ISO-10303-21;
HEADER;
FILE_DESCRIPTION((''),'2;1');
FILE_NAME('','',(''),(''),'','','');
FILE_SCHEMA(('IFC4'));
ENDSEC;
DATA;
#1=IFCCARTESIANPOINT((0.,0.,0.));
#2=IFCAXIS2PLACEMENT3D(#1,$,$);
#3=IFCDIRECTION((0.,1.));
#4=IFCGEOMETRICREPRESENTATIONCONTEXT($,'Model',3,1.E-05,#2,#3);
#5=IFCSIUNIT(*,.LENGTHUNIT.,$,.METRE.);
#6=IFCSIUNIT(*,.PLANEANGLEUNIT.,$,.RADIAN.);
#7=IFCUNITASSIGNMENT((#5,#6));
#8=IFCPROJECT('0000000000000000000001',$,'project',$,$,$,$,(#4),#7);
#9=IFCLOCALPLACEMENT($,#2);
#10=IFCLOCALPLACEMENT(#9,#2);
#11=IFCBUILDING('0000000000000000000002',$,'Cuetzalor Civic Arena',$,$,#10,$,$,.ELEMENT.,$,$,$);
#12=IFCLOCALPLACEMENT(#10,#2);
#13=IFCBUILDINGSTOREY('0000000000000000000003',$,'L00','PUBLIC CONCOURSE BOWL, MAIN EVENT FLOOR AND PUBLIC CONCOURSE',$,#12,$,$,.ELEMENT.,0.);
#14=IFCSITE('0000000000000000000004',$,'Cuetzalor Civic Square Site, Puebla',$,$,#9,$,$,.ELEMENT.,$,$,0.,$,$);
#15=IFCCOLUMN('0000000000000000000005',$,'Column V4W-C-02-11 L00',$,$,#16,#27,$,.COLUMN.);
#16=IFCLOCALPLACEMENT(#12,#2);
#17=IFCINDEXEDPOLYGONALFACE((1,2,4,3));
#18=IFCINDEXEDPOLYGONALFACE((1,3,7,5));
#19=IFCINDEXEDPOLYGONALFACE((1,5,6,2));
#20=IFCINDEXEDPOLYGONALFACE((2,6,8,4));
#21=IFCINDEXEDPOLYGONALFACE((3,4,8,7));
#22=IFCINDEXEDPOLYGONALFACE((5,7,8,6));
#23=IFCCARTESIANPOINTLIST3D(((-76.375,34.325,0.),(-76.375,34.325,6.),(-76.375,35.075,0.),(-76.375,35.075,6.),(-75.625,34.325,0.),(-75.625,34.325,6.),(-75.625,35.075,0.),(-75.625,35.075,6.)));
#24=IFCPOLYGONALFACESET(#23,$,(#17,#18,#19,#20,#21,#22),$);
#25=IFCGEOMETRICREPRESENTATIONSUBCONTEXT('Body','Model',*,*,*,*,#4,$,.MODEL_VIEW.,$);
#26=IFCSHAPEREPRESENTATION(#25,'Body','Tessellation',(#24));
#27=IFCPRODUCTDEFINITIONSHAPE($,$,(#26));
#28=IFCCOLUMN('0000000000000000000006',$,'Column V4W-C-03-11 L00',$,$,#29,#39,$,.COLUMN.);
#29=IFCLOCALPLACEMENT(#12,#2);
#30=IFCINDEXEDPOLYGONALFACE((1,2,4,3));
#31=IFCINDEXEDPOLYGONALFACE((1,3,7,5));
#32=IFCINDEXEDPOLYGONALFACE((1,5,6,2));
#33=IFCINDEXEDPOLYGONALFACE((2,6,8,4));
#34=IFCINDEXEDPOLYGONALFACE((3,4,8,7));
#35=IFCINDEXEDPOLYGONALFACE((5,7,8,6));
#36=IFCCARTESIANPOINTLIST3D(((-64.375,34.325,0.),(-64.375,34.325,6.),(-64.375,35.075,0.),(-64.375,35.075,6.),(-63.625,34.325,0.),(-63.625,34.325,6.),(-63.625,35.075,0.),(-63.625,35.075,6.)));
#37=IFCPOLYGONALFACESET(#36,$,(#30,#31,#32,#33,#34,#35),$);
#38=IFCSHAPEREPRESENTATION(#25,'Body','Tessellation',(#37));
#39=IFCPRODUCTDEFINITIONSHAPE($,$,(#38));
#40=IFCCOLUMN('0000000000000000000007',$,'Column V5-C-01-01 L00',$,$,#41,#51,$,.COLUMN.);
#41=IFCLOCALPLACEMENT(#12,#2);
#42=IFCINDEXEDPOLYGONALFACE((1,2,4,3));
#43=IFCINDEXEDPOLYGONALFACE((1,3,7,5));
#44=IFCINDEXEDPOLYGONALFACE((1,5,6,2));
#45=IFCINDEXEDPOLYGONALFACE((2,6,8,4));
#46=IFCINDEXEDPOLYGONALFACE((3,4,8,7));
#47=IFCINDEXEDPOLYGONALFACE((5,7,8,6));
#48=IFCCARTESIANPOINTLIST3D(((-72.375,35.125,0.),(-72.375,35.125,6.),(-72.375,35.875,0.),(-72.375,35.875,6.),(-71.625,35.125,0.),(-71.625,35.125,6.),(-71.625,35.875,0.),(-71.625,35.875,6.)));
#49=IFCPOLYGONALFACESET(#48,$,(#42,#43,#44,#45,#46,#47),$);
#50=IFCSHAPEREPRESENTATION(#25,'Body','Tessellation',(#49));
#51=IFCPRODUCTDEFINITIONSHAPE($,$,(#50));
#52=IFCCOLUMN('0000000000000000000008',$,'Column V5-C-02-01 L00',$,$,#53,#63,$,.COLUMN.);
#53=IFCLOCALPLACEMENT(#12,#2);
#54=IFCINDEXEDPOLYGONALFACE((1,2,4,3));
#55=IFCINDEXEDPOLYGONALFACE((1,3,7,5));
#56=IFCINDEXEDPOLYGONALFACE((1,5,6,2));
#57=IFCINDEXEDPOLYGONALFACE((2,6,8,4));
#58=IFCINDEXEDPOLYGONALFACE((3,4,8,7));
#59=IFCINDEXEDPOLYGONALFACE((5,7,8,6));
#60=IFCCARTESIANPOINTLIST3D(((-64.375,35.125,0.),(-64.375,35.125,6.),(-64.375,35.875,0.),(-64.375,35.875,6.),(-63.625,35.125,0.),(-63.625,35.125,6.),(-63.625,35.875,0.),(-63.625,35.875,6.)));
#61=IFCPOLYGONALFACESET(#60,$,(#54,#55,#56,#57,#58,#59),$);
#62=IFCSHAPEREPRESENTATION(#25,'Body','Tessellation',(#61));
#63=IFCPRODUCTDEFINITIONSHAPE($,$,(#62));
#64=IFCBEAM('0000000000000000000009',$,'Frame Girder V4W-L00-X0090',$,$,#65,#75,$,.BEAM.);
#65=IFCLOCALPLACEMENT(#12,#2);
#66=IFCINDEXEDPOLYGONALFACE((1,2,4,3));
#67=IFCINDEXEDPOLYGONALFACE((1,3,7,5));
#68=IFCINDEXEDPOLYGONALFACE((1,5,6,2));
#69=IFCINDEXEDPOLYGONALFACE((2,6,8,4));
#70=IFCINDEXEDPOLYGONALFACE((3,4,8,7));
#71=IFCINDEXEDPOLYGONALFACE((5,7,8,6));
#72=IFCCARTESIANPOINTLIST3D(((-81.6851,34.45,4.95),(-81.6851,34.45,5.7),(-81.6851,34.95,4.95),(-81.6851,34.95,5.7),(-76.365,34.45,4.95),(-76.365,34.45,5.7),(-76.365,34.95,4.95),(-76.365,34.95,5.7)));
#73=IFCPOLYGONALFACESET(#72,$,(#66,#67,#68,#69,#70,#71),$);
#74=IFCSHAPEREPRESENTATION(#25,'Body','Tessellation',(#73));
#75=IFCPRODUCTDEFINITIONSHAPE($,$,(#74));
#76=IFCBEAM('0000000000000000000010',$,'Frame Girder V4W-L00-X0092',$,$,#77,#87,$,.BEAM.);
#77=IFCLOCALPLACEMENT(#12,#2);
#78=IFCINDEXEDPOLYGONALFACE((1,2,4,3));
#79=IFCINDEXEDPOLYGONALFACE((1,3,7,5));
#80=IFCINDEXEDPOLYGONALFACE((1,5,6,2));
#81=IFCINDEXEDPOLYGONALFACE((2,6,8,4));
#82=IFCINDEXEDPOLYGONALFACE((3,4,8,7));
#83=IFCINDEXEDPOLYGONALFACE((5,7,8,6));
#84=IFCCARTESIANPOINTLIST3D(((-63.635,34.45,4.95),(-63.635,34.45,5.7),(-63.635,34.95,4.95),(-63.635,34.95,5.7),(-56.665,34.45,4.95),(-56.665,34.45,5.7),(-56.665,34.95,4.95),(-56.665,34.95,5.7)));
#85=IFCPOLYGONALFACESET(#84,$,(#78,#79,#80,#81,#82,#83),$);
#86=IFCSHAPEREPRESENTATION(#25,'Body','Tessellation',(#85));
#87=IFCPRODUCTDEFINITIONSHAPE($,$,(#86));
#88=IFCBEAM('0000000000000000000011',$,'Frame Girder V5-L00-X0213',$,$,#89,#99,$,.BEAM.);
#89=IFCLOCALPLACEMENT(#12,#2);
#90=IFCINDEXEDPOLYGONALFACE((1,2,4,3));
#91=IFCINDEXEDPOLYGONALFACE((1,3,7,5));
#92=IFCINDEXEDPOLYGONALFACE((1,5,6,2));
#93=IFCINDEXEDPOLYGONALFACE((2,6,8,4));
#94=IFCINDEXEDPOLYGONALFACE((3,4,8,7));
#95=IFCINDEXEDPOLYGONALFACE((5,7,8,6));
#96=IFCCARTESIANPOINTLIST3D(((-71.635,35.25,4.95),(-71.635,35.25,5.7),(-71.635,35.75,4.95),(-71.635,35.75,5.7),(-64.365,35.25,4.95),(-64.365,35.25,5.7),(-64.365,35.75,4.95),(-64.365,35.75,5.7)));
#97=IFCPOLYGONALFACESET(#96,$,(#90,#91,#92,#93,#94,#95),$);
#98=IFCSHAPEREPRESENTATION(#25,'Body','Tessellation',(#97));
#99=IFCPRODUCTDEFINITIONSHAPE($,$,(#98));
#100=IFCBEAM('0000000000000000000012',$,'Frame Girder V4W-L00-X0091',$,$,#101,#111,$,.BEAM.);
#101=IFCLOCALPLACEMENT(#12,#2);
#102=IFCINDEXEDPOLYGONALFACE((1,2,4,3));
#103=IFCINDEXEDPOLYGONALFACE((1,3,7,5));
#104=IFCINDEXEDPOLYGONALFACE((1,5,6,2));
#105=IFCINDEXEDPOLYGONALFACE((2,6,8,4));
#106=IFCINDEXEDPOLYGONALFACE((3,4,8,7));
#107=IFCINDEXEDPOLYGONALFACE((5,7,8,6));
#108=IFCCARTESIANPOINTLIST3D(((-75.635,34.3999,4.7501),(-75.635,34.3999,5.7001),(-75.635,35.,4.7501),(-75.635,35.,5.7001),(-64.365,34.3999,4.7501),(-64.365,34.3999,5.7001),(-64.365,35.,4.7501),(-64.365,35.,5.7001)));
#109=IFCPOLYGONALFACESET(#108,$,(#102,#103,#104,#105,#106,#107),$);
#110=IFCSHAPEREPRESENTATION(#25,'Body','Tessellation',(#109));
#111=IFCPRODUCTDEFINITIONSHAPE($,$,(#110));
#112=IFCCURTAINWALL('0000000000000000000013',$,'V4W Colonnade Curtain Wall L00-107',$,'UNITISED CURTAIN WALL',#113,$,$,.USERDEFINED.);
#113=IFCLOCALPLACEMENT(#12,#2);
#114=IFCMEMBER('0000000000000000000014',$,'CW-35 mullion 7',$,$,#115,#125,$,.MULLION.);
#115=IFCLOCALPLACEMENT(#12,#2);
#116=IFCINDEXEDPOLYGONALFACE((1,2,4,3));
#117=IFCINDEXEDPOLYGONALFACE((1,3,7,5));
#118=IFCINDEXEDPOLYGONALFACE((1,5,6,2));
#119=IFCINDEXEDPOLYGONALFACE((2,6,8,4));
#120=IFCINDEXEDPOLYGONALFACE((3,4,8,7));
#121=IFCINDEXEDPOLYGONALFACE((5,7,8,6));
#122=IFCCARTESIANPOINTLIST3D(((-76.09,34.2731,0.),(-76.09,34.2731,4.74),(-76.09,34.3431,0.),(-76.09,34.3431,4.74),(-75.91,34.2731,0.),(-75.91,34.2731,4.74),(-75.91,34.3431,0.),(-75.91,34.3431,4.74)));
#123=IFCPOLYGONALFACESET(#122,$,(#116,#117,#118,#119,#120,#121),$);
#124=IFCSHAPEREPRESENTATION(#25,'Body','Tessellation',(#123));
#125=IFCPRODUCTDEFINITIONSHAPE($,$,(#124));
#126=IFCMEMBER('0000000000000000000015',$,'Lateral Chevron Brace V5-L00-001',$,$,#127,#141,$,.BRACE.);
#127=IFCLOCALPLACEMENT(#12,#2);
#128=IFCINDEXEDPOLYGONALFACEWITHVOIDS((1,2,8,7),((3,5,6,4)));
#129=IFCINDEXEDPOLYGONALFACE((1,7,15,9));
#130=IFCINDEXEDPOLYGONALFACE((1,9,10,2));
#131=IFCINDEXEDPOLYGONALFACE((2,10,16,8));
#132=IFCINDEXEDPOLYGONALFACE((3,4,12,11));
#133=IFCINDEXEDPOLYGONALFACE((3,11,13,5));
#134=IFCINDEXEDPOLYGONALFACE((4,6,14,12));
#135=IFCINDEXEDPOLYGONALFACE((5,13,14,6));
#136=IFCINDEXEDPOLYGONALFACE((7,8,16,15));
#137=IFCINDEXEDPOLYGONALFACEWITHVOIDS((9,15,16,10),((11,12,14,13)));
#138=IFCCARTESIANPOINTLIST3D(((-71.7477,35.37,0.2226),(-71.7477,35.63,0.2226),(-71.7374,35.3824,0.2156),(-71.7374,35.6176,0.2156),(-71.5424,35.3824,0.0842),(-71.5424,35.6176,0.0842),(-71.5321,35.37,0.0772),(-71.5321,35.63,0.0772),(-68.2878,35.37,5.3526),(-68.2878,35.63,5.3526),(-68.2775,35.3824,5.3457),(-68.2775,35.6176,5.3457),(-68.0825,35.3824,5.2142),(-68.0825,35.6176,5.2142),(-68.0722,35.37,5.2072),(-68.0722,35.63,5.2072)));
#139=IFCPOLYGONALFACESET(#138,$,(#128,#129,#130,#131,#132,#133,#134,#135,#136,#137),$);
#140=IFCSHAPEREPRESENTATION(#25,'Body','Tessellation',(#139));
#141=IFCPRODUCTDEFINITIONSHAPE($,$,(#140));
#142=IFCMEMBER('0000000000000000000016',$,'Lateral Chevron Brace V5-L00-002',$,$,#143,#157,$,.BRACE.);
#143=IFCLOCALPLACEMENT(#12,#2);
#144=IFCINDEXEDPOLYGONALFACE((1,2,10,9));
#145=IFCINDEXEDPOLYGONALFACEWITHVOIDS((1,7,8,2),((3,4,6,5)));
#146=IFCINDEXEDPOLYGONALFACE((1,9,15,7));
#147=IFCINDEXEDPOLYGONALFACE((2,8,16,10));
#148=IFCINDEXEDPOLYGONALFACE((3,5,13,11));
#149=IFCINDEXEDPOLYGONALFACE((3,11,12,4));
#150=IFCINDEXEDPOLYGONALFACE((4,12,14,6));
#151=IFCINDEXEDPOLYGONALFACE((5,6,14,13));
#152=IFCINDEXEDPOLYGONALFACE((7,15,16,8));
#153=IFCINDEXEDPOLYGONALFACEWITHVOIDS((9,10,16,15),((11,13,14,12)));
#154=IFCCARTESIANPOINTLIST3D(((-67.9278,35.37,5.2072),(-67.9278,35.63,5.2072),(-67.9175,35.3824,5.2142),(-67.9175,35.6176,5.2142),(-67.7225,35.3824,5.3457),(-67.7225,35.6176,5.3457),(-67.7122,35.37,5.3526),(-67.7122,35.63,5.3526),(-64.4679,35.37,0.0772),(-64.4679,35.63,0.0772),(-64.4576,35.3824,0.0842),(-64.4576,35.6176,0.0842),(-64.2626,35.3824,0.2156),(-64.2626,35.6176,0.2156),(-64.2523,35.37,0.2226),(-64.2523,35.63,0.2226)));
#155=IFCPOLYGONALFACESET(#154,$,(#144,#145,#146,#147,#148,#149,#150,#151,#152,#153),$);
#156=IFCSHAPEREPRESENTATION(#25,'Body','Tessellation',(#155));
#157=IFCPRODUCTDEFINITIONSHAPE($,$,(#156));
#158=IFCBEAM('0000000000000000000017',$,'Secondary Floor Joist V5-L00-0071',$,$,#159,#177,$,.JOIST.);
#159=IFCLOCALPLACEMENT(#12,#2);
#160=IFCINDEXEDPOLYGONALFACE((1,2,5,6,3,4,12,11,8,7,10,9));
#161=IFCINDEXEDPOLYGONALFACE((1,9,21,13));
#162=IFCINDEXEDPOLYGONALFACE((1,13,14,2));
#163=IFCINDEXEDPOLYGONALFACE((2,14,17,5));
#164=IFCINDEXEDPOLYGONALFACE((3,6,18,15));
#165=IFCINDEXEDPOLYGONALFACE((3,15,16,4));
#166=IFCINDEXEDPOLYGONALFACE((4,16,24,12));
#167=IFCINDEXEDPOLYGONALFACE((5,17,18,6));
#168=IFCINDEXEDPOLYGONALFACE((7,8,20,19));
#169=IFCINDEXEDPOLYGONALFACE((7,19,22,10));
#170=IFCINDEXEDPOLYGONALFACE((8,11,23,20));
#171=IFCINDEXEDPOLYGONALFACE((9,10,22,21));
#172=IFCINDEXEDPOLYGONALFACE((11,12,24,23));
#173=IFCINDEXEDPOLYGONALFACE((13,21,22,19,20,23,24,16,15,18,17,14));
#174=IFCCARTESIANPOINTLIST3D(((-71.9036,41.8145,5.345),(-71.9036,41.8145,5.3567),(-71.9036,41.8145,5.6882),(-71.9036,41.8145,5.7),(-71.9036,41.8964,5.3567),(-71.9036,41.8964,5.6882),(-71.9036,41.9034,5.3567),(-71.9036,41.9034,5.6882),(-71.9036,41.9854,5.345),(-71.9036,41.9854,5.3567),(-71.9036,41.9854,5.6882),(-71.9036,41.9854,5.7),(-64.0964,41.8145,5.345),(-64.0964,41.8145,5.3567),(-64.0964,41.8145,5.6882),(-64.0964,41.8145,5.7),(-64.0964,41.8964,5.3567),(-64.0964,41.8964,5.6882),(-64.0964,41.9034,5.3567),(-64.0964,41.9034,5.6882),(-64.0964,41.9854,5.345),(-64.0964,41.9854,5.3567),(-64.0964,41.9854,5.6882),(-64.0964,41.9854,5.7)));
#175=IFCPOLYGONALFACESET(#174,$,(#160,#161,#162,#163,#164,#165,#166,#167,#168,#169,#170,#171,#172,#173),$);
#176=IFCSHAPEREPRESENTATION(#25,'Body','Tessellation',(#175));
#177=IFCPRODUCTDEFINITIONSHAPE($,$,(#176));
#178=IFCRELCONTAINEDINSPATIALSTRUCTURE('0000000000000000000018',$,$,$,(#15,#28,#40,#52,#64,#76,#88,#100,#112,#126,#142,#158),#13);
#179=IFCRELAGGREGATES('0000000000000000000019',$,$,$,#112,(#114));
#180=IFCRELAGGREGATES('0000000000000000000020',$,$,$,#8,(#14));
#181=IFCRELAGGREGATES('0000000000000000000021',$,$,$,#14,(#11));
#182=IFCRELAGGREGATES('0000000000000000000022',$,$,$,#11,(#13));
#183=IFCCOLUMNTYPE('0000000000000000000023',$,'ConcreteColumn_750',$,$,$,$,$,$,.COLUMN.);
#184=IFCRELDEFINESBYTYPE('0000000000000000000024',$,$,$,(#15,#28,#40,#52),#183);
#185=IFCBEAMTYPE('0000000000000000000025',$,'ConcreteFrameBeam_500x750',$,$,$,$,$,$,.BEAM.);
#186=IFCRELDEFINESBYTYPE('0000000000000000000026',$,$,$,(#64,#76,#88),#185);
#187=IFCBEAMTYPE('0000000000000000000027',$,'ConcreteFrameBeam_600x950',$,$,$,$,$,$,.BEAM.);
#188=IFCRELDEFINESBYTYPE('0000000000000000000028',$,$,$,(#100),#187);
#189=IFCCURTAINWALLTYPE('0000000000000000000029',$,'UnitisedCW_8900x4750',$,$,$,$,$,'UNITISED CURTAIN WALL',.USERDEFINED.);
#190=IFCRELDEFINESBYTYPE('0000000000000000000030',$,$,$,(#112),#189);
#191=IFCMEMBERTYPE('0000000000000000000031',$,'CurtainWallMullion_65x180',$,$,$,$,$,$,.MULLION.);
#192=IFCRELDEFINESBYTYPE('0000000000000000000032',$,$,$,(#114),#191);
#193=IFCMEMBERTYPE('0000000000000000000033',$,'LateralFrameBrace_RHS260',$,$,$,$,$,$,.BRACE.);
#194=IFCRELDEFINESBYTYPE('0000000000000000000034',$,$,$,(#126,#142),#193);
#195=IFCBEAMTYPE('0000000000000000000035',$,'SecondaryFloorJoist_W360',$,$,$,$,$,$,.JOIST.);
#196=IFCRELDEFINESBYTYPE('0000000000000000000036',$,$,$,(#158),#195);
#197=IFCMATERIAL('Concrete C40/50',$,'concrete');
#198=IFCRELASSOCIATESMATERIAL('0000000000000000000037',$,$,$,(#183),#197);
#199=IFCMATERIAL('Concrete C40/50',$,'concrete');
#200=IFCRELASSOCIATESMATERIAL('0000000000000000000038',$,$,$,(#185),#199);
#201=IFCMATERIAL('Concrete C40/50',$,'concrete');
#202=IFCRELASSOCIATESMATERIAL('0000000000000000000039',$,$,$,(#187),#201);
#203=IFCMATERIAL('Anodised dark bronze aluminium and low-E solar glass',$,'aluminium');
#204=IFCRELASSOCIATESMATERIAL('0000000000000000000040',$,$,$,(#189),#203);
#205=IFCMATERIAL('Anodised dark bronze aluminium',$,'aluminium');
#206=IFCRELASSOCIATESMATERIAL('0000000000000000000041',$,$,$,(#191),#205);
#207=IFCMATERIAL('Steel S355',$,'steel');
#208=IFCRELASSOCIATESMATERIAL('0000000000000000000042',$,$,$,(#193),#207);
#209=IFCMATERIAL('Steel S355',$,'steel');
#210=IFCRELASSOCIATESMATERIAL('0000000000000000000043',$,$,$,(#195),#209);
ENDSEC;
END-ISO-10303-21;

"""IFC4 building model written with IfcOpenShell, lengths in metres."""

from ifc_helpers import new_model, si_unit, direction, frame, origin, origin_2d, place, context, subcontext, project, spatial, rectangle, hollow_rectangle, i_section, extrude, material, material_profile, profile_set, type_object, element, aggregate, save


model = new_model("IFC4")

# Units and contexts
model_context = context("Model", 3, precision=1e-05, world=origin(), true_north=direction((0.0, 1.0)))
body_context = subcontext(model_context, "Body", "Model", "MODEL_VIEW")
ifc_project = project(units=[si_unit("LENGTHUNIT", "METRE"), si_unit("PLANEANGLEUNIT", "RADIAN")], contexts=[model_context])

# Site, building, storey
site_placement = place(None, origin())
site = spatial("IfcSite", under=ifc_project, at=site_placement, Name="Cuetzalor Civic Square Site, Puebla", CompositionType="ELEMENT", RefElevation=0.0)
building_placement = place(site_placement, origin())
building = spatial("IfcBuilding", under=site, at=building_placement, Name="Cuetzalor Civic Arena", CompositionType="ELEMENT")
storey_placement = place(building_placement, origin())
storey = spatial("IfcBuildingStorey", under=building, at=storey_placement, Name="L00", Description="PUBLIC CONCOURSE BOWL, MAIN EVENT FLOOR AND PUBLIC CONCOURSE", CompositionType="ELEMENT", Elevation=0.0)

# Columns
ifc_material_1 = material(Name="Concrete C40/50", Category="concrete")
ifc_material_profile_1 = material_profile(ifc_material_1, rectangle(XDim=0.75, YDim=0.75, at=origin_2d()), Name="RC 750x750")
ifc_profile_set_1 = profile_set([ifc_material_profile_1], Name="Concrete C40/50")
column_type_1 = type_object("IfcColumnType", Name="ConcreteColumn_750", PredefinedType="COLUMN", material=ifc_profile_set_1)
for number, where, z_axis, x_axis, name in (
    (1, (-76.0, 34.7, 0.0), (0.0, 0.0, 1.0), (1.0, 0.0, 0.0), "Column V4W-C-02-11 L00"),
    (2, (-64.0, 34.7, 0.0), (0.0, 0.0, 1.0), (1.0, 0.0, 0.0), "Column V4W-C-03-11 L00"),
    (3, (-72.0, 35.5, 0.0), (0.0, 0.0, 1.0), (1.0, 0.0, 0.0), "Column V5-C-01-01 L00"),
    (4, (-64.0, 35.5, 0.0), (0.0, 0.0, 1.0), (1.0, 0.0, 0.0), "Column V5-C-02-01 L00"),
):
    element("IfcColumn", number, at=place(storey_placement, frame(where, z_axis=z_axis, x_axis=x_axis)), inside=storey, type_object=column_type_1, Name=name, PredefinedType="COLUMN", context=body_context, shape_type="SweptSolid", body=[
        extrude(rectangle(XDim=0.75, YDim=0.75, at=origin_2d()), origin(), (0.0, 0.0, 1.0), 6.0),
    ])

# Beams
ifc_material_2 = material(Name="Concrete C40/50", Category="concrete")
ifc_material_profile_2 = material_profile(ifc_material_2, rectangle(XDim=0.5, YDim=0.75, at=origin_2d()), Name="RC 500x750")
ifc_profile_set_2 = profile_set([ifc_material_profile_2], Name="Concrete C40/50")
beam_type_1 = type_object("IfcBeamType", Name="ConcreteFrameBeam_500x750", PredefinedType="BEAM", material=ifc_profile_set_2)
beam_1_placement = place(storey_placement, frame((-81.6851, 34.7, 5.325), z_axis=(1.0, 0.0, 0.0), x_axis=(0.0, 1.0, 0.0)))
element("IfcBeam", 5, at=beam_1_placement, inside=storey, type_object=beam_type_1, Name="Frame Girder V4W-L00-X0090", PredefinedType="BEAM", context=body_context, shape_type="SweptSolid", body=[
    extrude(rectangle(XDim=0.5, YDim=0.75, at=origin_2d()), origin(), (0.0, 0.0, 1.0), 5.3201),
])
beam_2_placement = place(storey_placement, frame((-63.635, 34.7, 5.325), z_axis=(1.0, 0.0, 0.0), x_axis=(0.0, 1.0, 0.0)))
element("IfcBeam", 6, at=beam_2_placement, inside=storey, type_object=beam_type_1, Name="Frame Girder V4W-L00-X0092", PredefinedType="BEAM", context=body_context, shape_type="SweptSolid", body=[
    extrude(rectangle(XDim=0.5, YDim=0.75, at=origin_2d()), origin(), (0.0, 0.0, 1.0), 6.97),
])
beam_3_placement = place(storey_placement, frame((-71.635, 35.5, 5.325), z_axis=(1.0, 0.0, 0.0), x_axis=(0.0, 1.0, 0.0)))
element("IfcBeam", 7, at=beam_3_placement, inside=storey, type_object=beam_type_1, Name="Frame Girder V5-L00-X0213", PredefinedType="BEAM", context=body_context, shape_type="SweptSolid", body=[
    extrude(rectangle(XDim=0.5, YDim=0.75, at=origin_2d()), origin(), (0.0, 0.0, 1.0), 7.27),
])
ifc_material_3 = material(Name="Concrete C40/50", Category="concrete")
ifc_material_profile_3 = material_profile(ifc_material_3, rectangle(XDim=0.6001, YDim=0.95, at=origin_2d()), Name="RC 600x950")
ifc_profile_set_3 = profile_set([ifc_material_profile_3], Name="Concrete C40/50")
beam_type_2 = type_object("IfcBeamType", Name="ConcreteFrameBeam_600x950", PredefinedType="BEAM", material=ifc_profile_set_3)
beam_4_placement = place(storey_placement, frame((-75.635, 34.7, 5.2251), z_axis=(1.0, 0.0, 0.0), x_axis=(0.0, 1.0, 0.0)))
element("IfcBeam", 8, at=beam_4_placement, inside=storey, type_object=beam_type_2, Name="Frame Girder V4W-L00-X0091", PredefinedType="BEAM", context=body_context, shape_type="SweptSolid", body=[
    extrude(rectangle(XDim=0.6001, YDim=0.95, at=origin_2d()), origin(), (0.0, 0.0, 1.0), 11.27),
])

# Curtain wall, member
ifc_material_4 = material(Name="Anodised dark bronze aluminium and low-E solar glass", Category="aluminium")
curtain_wall_type = type_object("IfcCurtainWallType", Name="UnitisedCW_8900x4750", ElementType="UNITISED CURTAIN WALL", PredefinedType="USERDEFINED", material=ifc_material_4)
curtain_wall_placement = place(storey_placement, origin())
curtain_wall = element("IfcCurtainWall", 9, at=curtain_wall_placement, inside=storey, type_object=curtain_wall_type, Name="V4W Colonnade Curtain Wall L00-107", ObjectType="UNITISED CURTAIN WALL", PredefinedType="USERDEFINED")
ifc_material_5 = material(Name="Anodised dark bronze aluminium", Category="aluminium")
ifc_material_profile_4 = material_profile(ifc_material_5, rectangle(XDim=0.0701, YDim=0.1799, at=origin_2d()), Name="ALU MULLION 70x180")
ifc_profile_set_4 = profile_set([ifc_material_profile_4], Name="Anodised dark bronze aluminium")
member_type_1 = type_object("IfcMemberType", Name="CurtainWallMullion_65x180", PredefinedType="MULLION", material=ifc_profile_set_4)
member_placement = place(storey_placement, frame((-76.0, 34.3081, 0.0), z_axis=(0.0, 0.0, 1.0), x_axis=(0.0, 1.0, 0.0)))
member = element("IfcMember", 10, at=member_placement, type_object=member_type_1, Name="CW-35 mullion 7", PredefinedType="MULLION", context=body_context, shape_type="SweptSolid", body=[
    extrude(rectangle(XDim=0.0701, YDim=0.1799, at=origin_2d()), origin(), (0.0, 0.0, 1.0), 4.74),
])

# Members
ifc_material_6 = material(Name="Steel S355", Category="steel")
ifc_material_profile_5 = material_profile(ifc_material_6, hollow_rectangle(XDim=0.26, YDim=0.26, WallThickness=0.0125, at=origin_2d()), Name="RHS 260x260x12.5")
ifc_profile_set_5 = profile_set([ifc_material_profile_5], Name="Steel S355")
member_type_2 = type_object("IfcMemberType", Name="LateralFrameBrace_RHS260", PredefinedType="BRACE", material=ifc_profile_set_5)
for number, where, z_axis, x_axis, name in (
    (11, (-71.6399, 35.5, 0.1499), (0.559154, 0.0, 0.829064), (0.0, 1.0, 0.0), "Lateral Chevron Brace V5-L00-001"),
    (12, (-64.3601, 35.5, 0.1499), (-0.559154, 0.0, 0.829064), (0.0, -1.0, 0.0), "Lateral Chevron Brace V5-L00-002"),
):
    element("IfcMember", number, at=place(storey_placement, frame(where, z_axis=z_axis, x_axis=x_axis)), inside=storey, type_object=member_type_2, Name=name, PredefinedType="BRACE", context=body_context, shape_type="SweptSolid", body=[
        extrude(hollow_rectangle(XDim=0.26, YDim=0.26, WallThickness=0.0125, at=origin_2d()), origin(), (0.0, 0.0, 1.0), 6.1877),
    ])

# Beam
ifc_material_7 = material(Name="Steel S355", Category="steel")
ifc_material_profile_6 = material_profile(ifc_material_7, i_section(OverallWidth=0.1709, OverallDepth=0.355, WebThickness=0.0071, FlangeThickness=0.0117, at=origin_2d()), Name="W360x51")
ifc_profile_set_6 = profile_set([ifc_material_profile_6], Name="Steel S355")
beam_type_3 = type_object("IfcBeamType", Name="SecondaryFloorJoist_W360", PredefinedType="JOIST", material=ifc_profile_set_6)
beam_5_placement = place(storey_placement, frame((-71.9036, 41.8999, 5.5225), z_axis=(1.0, 0.0, 0.0), x_axis=(0.0, 1.0, 0.0)))
element("IfcBeam", 13, at=beam_5_placement, inside=storey, type_object=beam_type_3, Name="Secondary Floor Joist V5-L00-0071", PredefinedType="JOIST", context=body_context, shape_type="SweptSolid", body=[
    extrude(i_section(OverallWidth=0.1709, OverallDepth=0.355, WebThickness=0.0071, FlangeThickness=0.0117, at=origin_2d()), origin(), (0.0, 0.0, 1.0), 7.8071),
])

aggregate(curtain_wall, [member])

save(model, "model.ifc")
